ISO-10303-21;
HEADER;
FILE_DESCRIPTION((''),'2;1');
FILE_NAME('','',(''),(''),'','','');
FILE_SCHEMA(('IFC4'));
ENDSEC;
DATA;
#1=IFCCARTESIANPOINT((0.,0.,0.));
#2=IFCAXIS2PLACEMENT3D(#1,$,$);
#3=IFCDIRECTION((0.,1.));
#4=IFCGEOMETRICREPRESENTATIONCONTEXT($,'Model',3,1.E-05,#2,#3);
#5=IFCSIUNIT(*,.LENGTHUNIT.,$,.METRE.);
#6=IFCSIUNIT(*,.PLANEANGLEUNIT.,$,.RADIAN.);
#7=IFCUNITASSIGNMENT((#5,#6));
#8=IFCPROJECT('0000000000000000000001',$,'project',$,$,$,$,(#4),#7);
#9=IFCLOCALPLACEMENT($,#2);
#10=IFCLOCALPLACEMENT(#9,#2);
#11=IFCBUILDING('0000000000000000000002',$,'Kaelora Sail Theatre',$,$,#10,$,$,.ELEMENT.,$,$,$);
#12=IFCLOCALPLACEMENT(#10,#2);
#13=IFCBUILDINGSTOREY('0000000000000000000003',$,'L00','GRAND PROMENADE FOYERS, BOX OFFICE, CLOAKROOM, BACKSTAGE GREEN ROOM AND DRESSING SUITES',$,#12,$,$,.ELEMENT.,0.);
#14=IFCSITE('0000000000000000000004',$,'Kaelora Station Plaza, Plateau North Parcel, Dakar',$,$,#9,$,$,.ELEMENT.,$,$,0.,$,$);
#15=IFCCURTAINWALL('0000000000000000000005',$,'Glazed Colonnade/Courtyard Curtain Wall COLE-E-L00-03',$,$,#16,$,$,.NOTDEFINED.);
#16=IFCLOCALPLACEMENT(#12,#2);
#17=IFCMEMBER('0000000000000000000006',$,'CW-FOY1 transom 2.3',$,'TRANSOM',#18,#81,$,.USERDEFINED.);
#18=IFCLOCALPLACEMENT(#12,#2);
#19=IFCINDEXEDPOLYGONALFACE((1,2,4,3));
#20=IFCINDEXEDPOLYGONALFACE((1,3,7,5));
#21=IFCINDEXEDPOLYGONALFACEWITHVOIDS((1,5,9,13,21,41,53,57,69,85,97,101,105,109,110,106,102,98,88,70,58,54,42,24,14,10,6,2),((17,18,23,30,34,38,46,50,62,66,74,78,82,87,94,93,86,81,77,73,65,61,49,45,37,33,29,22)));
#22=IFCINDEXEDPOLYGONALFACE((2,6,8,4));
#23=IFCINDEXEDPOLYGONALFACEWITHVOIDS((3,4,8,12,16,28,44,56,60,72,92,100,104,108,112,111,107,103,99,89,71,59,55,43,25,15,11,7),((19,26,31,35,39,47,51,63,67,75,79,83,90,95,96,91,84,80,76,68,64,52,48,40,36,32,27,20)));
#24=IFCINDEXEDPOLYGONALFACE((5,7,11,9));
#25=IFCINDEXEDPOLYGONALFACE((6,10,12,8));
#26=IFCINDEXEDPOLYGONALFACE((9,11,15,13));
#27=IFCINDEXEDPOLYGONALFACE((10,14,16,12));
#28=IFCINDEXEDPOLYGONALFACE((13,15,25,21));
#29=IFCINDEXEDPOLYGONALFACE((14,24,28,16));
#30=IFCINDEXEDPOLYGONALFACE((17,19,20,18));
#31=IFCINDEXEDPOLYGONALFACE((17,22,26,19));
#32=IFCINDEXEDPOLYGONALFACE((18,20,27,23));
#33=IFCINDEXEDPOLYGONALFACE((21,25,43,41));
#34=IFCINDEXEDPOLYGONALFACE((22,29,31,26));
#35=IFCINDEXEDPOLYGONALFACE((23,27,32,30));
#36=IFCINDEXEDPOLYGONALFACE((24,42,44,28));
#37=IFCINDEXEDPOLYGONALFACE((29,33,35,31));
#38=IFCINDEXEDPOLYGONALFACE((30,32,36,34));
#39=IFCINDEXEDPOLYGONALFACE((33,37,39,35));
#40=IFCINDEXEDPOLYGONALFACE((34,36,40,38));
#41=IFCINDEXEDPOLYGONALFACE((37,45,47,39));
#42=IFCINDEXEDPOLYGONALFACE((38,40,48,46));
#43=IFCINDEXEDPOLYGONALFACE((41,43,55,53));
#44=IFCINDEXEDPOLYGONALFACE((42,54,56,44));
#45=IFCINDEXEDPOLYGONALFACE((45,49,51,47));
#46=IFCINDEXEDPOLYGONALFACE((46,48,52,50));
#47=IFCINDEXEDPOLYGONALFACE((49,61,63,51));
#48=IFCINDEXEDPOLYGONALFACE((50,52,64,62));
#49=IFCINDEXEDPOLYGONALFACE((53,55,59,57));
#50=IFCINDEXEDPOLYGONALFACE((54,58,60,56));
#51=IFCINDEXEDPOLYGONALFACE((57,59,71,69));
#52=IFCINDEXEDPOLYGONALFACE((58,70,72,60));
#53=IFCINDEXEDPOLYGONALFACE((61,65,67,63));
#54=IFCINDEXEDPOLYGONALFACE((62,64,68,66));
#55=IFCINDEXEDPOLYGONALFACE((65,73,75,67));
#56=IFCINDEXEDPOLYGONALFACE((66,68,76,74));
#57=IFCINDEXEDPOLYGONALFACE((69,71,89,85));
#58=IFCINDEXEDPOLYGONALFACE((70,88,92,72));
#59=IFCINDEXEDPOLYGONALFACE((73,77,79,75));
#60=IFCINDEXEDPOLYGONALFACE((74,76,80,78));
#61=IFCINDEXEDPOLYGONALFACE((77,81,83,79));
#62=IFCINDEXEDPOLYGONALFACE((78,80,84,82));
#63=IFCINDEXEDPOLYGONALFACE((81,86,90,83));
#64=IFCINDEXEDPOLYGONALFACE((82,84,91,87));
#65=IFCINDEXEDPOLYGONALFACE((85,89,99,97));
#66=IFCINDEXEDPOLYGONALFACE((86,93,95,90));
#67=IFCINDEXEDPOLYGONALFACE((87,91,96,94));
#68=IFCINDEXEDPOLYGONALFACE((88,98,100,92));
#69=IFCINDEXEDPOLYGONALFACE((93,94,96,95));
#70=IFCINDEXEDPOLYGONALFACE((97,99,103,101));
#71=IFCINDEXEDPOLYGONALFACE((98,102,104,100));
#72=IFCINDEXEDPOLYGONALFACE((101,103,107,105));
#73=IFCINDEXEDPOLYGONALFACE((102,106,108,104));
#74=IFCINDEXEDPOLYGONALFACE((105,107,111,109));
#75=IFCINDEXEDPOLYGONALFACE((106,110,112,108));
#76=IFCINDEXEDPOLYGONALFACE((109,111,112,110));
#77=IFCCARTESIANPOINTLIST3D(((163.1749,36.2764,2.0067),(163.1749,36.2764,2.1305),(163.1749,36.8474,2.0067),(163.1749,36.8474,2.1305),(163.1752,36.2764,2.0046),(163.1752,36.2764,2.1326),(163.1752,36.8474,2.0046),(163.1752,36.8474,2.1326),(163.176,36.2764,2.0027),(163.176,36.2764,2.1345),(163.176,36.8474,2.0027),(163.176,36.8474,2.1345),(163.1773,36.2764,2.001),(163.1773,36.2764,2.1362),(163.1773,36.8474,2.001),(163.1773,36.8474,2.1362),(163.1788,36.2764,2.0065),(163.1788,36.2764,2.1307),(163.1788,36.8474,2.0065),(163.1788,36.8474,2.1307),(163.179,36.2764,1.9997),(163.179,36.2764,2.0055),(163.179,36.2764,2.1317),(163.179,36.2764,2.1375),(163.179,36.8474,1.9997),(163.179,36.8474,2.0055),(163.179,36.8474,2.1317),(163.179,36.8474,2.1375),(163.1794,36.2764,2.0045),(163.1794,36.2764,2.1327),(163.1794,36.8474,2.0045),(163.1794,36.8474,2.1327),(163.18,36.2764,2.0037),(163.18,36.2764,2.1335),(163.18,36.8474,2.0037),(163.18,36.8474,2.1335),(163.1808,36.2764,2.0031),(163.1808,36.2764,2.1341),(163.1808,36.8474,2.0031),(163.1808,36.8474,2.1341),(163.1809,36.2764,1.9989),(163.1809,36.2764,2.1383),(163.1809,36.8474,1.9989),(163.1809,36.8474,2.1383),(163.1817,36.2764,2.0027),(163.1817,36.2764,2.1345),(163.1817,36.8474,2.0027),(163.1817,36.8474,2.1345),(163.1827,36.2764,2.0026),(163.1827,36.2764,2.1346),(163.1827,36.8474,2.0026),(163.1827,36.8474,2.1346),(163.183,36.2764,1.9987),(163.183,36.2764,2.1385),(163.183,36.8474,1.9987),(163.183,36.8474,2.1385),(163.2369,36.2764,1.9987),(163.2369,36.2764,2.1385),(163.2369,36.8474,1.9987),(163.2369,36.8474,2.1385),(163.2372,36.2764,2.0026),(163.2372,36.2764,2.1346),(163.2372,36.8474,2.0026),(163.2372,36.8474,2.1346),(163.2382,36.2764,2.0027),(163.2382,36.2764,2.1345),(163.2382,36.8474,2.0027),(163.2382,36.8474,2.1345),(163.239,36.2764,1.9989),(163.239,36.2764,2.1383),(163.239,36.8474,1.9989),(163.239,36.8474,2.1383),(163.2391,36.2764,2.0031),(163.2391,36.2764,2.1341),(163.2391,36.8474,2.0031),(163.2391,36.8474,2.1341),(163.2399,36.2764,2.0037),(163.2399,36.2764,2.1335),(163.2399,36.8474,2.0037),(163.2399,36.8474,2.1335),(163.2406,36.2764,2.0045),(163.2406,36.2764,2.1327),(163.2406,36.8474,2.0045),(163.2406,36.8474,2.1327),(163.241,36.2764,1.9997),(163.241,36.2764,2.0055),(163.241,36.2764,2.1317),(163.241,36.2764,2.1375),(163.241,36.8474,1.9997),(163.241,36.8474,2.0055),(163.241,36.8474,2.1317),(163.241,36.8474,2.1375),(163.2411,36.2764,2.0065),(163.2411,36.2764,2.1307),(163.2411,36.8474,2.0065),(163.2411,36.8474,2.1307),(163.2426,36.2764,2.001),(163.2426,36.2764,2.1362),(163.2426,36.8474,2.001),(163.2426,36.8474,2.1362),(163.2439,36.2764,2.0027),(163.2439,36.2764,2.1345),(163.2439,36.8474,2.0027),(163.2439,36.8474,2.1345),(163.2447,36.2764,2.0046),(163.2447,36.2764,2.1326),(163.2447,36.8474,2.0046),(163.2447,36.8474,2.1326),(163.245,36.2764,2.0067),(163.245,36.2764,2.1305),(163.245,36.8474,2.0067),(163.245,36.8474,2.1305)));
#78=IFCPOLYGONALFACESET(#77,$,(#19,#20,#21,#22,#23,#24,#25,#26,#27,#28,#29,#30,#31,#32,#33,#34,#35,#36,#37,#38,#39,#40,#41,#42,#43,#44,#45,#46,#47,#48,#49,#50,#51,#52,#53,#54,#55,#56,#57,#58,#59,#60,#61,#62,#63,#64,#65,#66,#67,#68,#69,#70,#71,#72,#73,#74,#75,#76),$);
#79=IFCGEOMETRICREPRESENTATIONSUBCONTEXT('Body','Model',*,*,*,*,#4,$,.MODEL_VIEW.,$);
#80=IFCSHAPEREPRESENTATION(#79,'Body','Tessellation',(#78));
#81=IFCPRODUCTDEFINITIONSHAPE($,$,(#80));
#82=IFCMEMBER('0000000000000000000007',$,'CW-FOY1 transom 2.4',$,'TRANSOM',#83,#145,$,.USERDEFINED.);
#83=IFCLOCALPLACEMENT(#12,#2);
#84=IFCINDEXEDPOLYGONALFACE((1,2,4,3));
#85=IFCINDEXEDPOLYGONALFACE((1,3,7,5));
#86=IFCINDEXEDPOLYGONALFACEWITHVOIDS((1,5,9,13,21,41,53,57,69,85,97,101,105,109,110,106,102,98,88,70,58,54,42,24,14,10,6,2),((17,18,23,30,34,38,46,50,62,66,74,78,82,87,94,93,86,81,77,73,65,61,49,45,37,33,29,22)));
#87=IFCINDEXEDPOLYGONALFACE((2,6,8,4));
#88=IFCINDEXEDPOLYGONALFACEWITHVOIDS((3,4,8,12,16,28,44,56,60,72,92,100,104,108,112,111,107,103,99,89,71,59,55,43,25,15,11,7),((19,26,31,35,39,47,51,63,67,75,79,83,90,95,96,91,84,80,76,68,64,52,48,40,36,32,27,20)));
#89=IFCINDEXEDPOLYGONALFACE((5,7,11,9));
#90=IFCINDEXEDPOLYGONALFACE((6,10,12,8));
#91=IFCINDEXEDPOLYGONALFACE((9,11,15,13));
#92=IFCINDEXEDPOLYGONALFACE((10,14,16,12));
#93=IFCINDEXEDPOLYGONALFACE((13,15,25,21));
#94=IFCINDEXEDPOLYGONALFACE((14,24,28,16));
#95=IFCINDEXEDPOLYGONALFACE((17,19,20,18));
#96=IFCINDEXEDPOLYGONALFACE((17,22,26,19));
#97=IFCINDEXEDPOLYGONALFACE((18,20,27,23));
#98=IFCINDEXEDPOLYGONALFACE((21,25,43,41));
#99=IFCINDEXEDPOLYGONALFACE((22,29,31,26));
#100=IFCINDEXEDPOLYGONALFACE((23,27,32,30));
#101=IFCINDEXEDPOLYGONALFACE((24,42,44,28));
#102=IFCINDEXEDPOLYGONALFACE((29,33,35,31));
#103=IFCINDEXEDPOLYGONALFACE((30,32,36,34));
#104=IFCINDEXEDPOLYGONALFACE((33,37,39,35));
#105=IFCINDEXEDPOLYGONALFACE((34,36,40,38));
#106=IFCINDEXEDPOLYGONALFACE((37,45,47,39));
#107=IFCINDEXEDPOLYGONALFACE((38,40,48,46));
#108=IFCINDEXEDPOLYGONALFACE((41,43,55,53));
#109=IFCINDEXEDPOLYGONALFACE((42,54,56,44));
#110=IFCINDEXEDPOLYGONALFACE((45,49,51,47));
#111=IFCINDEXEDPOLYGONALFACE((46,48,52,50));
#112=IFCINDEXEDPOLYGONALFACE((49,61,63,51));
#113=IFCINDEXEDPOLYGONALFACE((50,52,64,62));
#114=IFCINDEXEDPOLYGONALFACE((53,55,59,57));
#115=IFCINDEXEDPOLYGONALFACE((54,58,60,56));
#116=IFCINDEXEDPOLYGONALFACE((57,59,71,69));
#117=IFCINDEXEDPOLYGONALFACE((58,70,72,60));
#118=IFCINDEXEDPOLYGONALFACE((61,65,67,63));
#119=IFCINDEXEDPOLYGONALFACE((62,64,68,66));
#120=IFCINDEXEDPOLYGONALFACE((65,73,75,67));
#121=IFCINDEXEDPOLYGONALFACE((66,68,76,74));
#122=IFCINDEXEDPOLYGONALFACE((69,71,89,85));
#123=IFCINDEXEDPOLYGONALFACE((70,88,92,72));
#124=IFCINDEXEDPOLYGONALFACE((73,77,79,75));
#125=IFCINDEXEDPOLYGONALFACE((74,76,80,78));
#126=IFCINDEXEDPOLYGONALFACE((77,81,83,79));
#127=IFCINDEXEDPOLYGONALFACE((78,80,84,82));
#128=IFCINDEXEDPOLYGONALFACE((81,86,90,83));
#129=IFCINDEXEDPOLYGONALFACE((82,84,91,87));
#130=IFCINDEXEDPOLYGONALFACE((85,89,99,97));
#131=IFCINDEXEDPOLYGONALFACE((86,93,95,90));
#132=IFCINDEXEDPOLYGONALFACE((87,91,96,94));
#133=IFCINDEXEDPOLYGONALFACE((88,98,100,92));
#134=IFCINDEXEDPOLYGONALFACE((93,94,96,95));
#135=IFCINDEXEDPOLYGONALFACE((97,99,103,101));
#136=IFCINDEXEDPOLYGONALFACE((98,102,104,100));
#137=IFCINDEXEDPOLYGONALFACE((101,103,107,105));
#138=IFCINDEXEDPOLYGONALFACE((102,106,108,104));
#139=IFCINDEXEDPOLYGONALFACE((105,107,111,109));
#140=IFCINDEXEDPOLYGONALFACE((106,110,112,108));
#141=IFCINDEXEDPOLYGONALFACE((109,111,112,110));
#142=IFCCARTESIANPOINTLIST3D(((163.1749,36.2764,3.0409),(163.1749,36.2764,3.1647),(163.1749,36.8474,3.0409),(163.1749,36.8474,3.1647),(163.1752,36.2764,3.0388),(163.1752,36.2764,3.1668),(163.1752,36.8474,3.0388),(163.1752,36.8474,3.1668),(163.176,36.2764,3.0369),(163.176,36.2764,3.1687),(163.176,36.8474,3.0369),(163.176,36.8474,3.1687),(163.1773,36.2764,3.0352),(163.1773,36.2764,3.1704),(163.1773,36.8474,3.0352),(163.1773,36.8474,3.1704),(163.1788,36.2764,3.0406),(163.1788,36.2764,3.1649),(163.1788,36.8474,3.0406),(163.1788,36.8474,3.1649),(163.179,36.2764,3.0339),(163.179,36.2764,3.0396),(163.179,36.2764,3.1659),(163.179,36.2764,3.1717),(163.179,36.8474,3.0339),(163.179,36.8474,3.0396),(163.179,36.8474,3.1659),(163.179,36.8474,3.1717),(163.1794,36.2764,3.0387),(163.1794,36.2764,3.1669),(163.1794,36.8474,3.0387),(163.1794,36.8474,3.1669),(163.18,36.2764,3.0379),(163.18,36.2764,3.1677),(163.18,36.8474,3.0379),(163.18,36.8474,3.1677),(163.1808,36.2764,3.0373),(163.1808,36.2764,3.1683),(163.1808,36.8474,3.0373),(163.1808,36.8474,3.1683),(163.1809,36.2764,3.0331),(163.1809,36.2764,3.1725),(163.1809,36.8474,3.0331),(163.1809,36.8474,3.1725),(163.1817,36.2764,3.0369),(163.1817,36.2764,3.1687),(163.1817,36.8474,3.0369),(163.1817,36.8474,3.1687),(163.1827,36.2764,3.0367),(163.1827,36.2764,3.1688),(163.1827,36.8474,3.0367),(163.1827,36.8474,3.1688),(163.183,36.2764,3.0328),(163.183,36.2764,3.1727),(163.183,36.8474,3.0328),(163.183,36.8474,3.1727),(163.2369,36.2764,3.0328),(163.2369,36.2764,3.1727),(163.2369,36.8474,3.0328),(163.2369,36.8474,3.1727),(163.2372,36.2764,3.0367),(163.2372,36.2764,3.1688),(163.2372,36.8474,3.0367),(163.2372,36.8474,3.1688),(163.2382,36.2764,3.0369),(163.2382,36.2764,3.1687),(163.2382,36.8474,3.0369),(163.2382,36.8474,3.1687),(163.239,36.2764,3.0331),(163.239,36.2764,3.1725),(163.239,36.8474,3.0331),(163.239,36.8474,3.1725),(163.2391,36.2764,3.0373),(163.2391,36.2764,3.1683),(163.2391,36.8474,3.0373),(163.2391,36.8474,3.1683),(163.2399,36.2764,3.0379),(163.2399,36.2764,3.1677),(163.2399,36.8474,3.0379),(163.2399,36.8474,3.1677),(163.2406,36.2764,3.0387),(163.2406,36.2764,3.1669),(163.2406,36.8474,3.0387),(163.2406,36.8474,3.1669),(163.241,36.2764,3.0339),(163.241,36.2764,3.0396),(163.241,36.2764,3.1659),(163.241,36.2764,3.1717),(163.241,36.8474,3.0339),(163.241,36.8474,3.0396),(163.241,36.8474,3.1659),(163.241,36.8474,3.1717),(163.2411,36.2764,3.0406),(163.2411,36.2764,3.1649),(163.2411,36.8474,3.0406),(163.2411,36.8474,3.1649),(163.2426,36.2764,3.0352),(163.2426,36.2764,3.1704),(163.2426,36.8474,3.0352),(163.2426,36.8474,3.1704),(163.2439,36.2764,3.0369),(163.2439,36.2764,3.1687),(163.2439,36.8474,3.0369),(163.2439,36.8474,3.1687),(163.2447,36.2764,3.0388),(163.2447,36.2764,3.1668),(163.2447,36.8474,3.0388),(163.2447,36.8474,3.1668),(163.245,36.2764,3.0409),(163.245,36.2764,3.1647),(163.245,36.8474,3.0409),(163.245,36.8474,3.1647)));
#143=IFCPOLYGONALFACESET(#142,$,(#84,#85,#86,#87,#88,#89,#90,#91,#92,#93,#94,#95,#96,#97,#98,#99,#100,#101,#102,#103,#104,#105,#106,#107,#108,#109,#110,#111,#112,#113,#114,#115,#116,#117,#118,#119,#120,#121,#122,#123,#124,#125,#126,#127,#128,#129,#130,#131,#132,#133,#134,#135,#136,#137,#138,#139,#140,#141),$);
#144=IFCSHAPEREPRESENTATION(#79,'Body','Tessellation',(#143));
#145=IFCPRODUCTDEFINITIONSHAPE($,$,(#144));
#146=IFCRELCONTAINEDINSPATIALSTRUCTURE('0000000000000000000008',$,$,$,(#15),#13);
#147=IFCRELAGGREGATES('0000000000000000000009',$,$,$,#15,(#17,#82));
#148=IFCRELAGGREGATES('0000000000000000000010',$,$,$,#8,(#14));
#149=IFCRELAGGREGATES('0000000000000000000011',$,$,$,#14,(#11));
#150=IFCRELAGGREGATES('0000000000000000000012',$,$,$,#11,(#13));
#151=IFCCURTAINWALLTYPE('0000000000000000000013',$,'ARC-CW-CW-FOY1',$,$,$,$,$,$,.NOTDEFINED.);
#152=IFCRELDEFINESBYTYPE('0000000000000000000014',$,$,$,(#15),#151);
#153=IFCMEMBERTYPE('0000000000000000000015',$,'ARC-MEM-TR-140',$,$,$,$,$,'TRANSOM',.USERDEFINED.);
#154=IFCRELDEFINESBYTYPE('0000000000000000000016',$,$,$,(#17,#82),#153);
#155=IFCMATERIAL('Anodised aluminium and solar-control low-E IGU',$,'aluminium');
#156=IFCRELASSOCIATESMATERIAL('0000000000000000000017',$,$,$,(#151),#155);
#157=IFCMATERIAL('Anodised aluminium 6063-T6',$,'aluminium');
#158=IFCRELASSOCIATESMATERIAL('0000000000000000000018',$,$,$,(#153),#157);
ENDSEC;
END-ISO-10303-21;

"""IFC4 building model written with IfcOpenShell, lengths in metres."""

from ifc_helpers import new_model, si_unit, direction, frame, origin, origin_2d, place, context, subcontext, project, spatial, hollow_rectangle, extrude, material, material_profile, profile_set, type_object, element, aggregate, save


model = new_model("IFC4")

# Units and contexts
model_context = context("Model", 3, precision=1e-05, world=origin(), true_north=direction((0.0, 1.0)))
body_context = subcontext(model_context, "Body", "Model", "MODEL_VIEW")
ifc_project = project(units=[si_unit("LENGTHUNIT", "METRE"), si_unit("PLANEANGLEUNIT", "RADIAN")], contexts=[model_context])

# Site, building, storey
site_placement = place(None, origin())
site = spatial("IfcSite", under=ifc_project, at=site_placement, Name="Kaelora Station Plaza, Plateau North Parcel, Dakar", CompositionType="ELEMENT", RefElevation=0.0)
building_placement = place(site_placement, origin())
building = spatial("IfcBuilding", under=site, at=building_placement, Name="Kaelora Sail Theatre", CompositionType="ELEMENT")
storey_placement = place(building_placement, origin())
storey = spatial("IfcBuildingStorey", under=building, at=storey_placement, Name="L00", Description="GRAND PROMENADE FOYERS, BOX OFFICE, CLOAKROOM, BACKSTAGE GREEN ROOM AND DRESSING SUITES", CompositionType="ELEMENT", Elevation=0.0)

# Shared definitions
ifc_material_1 = material(Name="Anodised aluminium and solar-control low-E IGU", Category="aluminium")
curtain_wall_type = type_object("IfcCurtainWallType", Name="ARC-CW-CW-FOY1", PredefinedType="NOTDEFINED", material=ifc_material_1)

# Curtain wall, members
curtain_wall_1_placement = place(storey_placement, origin())
curtain_wall_1 = element("IfcCurtainWall", 1, at=curtain_wall_1_placement, inside=storey, type_object=curtain_wall_type, Name="Glazed Colonnade/Courtyard Curtain Wall COLE-E-L00-03", PredefinedType="NOTDEFINED")
ifc_material_2 = material(Name="Anodised aluminium 6063-T6", Category="aluminium")
ifc_material_profile_1 = material_profile(ifc_material_2, hollow_rectangle(XDim=0.0701, YDim=0.1399, WallThickness=0.0039, InnerFilletRadius=0.0039, OuterFilletRadius=0.0081, at=origin_2d()), Name="ALU-TRAN 70x140x4")
ifc_profile_set_1 = profile_set([ifc_material_profile_1], Name="Anodised aluminium 6063-T6")
member_type_1 = type_object("IfcMemberType", Name="ARC-MEM-TR-140", ElementType="TRANSOM", PredefinedType="USERDEFINED", material=ifc_profile_set_1)
member_1_placement = place(storey_placement, frame((163.21, 36.2764, 2.0686), z_axis=(0.0, 1.0, 0.0), x_axis=(-1.0, 0.0, 0.0)))
member_1 = element("IfcMember", 2, at=member_1_placement, type_object=member_type_1, Name="CW-FOY1 transom 2.3", ObjectType="TRANSOM", PredefinedType="USERDEFINED", context=body_context, shape_type="SweptSolid", body=[
    extrude(hollow_rectangle(XDim=0.0701, YDim=0.1399, WallThickness=0.0039, InnerFilletRadius=0.0039, OuterFilletRadius=0.0081, at=origin_2d()), origin(), (0.0, 0.0, 1.0), 0.571),
])
member_2_placement = place(storey_placement, frame((163.21, 36.2764, 3.1028), z_axis=(0.0, 1.0, 0.0), x_axis=(-1.0, 0.0, 0.0)))
member_2 = element("IfcMember", 3, at=member_2_placement, type_object=member_type_1, Name="CW-FOY1 transom 2.4", ObjectType="TRANSOM", PredefinedType="USERDEFINED", context=body_context, shape_type="SweptSolid", body=[
    extrude(hollow_rectangle(XDim=0.0701, YDim=0.1399, WallThickness=0.0039, InnerFilletRadius=0.0039, OuterFilletRadius=0.0081, at=origin_2d()), origin(), (0.0, 0.0, 1.0), 0.571),
])
aggregate(curtain_wall_1, [member_1, member_2])

save(model, "model.ifc")
